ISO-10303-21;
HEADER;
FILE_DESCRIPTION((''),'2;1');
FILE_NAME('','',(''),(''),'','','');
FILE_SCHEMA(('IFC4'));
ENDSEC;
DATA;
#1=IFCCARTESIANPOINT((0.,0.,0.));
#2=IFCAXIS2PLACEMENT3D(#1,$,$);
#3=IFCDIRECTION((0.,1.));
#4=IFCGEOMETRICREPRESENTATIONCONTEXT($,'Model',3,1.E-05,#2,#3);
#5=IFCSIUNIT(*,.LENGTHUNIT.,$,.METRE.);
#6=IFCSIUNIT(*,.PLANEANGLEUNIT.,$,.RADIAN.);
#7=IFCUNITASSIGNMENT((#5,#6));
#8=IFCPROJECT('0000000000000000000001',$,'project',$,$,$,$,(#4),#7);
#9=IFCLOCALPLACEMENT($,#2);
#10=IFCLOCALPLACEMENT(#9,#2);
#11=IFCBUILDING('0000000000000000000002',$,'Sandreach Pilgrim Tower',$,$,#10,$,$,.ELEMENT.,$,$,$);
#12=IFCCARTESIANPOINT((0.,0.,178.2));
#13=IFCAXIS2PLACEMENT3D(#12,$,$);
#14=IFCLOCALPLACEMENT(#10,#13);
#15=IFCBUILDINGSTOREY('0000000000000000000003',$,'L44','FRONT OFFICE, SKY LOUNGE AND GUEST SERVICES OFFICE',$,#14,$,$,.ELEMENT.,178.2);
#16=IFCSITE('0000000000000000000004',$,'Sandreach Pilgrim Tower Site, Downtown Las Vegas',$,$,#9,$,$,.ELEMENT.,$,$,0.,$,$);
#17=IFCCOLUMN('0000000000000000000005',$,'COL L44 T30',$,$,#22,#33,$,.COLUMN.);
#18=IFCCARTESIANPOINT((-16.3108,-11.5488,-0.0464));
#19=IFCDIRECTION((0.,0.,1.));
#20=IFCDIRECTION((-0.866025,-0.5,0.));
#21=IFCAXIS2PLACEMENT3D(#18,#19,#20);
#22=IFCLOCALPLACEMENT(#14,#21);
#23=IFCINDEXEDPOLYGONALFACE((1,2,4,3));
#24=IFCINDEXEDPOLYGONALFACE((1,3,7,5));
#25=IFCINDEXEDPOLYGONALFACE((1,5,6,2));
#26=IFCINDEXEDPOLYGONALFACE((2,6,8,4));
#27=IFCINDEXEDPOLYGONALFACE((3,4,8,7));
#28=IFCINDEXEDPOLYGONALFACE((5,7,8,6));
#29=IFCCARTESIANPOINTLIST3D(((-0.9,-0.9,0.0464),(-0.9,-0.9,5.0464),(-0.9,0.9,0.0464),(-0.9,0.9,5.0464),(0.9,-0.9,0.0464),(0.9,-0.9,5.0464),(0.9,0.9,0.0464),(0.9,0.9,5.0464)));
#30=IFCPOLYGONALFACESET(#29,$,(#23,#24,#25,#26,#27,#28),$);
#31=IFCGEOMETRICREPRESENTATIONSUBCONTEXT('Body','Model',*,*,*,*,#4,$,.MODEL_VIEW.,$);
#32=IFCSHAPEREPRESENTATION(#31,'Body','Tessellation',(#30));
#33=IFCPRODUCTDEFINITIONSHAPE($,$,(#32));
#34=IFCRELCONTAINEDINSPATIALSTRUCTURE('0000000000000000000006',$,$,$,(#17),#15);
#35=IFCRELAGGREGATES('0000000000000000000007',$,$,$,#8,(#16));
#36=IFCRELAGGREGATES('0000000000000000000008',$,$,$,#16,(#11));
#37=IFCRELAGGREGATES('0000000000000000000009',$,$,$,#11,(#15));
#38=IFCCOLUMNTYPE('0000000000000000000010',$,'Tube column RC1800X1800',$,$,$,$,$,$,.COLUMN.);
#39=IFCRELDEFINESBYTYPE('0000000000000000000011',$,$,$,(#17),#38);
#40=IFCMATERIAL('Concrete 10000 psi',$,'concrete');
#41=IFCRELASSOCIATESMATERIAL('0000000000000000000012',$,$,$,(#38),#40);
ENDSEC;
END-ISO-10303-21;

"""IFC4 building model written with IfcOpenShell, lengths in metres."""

from ifc_helpers import new_model, si_unit, direction, frame, origin, origin_2d, place, context, subcontext, project, spatial, rectangle, extrude, clip, halfspace, material, material_profile, profile_set, type_object, element, save


model = new_model("IFC4")

# Units and contexts
model_context = context("Model", 3, precision=1e-05, world=origin(), true_north=direction((0.0, 1.0)))
body_context = subcontext(model_context, "Body", "Model", "MODEL_VIEW")
ifc_project = project(units=[si_unit("LENGTHUNIT", "METRE"), si_unit("PLANEANGLEUNIT", "RADIAN")], contexts=[model_context])

# Site, building, storey
site_placement = place(None, origin())
site = spatial("IfcSite", under=ifc_project, at=site_placement, Name="Sandreach Pilgrim Tower Site, Downtown Las Vegas", CompositionType="ELEMENT", RefElevation=0.0)
building_placement = place(site_placement, origin())
building = spatial("IfcBuilding", under=site, at=building_placement, Name="Sandreach Pilgrim Tower", CompositionType="ELEMENT")
storey_placement = place(building_placement, frame((0.0, 0.0, 178.2)))
storey = spatial("IfcBuildingStorey", under=building, at=storey_placement, Name="L44", Description="FRONT OFFICE, SKY LOUNGE AND GUEST SERVICES OFFICE", CompositionType="ELEMENT", Elevation=178.2)

# Column
ifc_material_1 = material(Name="Concrete 10000 psi", Category="concrete")
ifc_material_profile_1 = material_profile(ifc_material_1, rectangle(XDim=1.8, YDim=1.8, at=origin_2d()), Name="RC1800X1800")
ifc_profile_set_1 = profile_set([ifc_material_profile_1], Name="Concrete 10000 psi")
column_type = type_object("IfcColumnType", Name="Tube column RC1800X1800", PredefinedType="COLUMN", material=ifc_profile_set_1)
column_placement = place(storey_placement, frame((-16.3108, -11.5488, -0.0464), z_axis=(0.0, 0.0, 1.0), x_axis=(-0.866025, -0.5, 0.0)))
element("IfcColumn", 1, at=column_placement, inside=storey, type_object=column_type, Name="COL L44 T30", PredefinedType="COLUMN", context=body_context, shape_type="SweptSolid", body=[
    clip(extrude(rectangle(XDim=1.8, YDim=1.8, at=origin_2d()), origin(), (0.0, 0.0, 1.0), 5.0464), halfspace(frame((0.0, 0.0, 0.0464)), True)),
])

save(model, "model.ifc")
